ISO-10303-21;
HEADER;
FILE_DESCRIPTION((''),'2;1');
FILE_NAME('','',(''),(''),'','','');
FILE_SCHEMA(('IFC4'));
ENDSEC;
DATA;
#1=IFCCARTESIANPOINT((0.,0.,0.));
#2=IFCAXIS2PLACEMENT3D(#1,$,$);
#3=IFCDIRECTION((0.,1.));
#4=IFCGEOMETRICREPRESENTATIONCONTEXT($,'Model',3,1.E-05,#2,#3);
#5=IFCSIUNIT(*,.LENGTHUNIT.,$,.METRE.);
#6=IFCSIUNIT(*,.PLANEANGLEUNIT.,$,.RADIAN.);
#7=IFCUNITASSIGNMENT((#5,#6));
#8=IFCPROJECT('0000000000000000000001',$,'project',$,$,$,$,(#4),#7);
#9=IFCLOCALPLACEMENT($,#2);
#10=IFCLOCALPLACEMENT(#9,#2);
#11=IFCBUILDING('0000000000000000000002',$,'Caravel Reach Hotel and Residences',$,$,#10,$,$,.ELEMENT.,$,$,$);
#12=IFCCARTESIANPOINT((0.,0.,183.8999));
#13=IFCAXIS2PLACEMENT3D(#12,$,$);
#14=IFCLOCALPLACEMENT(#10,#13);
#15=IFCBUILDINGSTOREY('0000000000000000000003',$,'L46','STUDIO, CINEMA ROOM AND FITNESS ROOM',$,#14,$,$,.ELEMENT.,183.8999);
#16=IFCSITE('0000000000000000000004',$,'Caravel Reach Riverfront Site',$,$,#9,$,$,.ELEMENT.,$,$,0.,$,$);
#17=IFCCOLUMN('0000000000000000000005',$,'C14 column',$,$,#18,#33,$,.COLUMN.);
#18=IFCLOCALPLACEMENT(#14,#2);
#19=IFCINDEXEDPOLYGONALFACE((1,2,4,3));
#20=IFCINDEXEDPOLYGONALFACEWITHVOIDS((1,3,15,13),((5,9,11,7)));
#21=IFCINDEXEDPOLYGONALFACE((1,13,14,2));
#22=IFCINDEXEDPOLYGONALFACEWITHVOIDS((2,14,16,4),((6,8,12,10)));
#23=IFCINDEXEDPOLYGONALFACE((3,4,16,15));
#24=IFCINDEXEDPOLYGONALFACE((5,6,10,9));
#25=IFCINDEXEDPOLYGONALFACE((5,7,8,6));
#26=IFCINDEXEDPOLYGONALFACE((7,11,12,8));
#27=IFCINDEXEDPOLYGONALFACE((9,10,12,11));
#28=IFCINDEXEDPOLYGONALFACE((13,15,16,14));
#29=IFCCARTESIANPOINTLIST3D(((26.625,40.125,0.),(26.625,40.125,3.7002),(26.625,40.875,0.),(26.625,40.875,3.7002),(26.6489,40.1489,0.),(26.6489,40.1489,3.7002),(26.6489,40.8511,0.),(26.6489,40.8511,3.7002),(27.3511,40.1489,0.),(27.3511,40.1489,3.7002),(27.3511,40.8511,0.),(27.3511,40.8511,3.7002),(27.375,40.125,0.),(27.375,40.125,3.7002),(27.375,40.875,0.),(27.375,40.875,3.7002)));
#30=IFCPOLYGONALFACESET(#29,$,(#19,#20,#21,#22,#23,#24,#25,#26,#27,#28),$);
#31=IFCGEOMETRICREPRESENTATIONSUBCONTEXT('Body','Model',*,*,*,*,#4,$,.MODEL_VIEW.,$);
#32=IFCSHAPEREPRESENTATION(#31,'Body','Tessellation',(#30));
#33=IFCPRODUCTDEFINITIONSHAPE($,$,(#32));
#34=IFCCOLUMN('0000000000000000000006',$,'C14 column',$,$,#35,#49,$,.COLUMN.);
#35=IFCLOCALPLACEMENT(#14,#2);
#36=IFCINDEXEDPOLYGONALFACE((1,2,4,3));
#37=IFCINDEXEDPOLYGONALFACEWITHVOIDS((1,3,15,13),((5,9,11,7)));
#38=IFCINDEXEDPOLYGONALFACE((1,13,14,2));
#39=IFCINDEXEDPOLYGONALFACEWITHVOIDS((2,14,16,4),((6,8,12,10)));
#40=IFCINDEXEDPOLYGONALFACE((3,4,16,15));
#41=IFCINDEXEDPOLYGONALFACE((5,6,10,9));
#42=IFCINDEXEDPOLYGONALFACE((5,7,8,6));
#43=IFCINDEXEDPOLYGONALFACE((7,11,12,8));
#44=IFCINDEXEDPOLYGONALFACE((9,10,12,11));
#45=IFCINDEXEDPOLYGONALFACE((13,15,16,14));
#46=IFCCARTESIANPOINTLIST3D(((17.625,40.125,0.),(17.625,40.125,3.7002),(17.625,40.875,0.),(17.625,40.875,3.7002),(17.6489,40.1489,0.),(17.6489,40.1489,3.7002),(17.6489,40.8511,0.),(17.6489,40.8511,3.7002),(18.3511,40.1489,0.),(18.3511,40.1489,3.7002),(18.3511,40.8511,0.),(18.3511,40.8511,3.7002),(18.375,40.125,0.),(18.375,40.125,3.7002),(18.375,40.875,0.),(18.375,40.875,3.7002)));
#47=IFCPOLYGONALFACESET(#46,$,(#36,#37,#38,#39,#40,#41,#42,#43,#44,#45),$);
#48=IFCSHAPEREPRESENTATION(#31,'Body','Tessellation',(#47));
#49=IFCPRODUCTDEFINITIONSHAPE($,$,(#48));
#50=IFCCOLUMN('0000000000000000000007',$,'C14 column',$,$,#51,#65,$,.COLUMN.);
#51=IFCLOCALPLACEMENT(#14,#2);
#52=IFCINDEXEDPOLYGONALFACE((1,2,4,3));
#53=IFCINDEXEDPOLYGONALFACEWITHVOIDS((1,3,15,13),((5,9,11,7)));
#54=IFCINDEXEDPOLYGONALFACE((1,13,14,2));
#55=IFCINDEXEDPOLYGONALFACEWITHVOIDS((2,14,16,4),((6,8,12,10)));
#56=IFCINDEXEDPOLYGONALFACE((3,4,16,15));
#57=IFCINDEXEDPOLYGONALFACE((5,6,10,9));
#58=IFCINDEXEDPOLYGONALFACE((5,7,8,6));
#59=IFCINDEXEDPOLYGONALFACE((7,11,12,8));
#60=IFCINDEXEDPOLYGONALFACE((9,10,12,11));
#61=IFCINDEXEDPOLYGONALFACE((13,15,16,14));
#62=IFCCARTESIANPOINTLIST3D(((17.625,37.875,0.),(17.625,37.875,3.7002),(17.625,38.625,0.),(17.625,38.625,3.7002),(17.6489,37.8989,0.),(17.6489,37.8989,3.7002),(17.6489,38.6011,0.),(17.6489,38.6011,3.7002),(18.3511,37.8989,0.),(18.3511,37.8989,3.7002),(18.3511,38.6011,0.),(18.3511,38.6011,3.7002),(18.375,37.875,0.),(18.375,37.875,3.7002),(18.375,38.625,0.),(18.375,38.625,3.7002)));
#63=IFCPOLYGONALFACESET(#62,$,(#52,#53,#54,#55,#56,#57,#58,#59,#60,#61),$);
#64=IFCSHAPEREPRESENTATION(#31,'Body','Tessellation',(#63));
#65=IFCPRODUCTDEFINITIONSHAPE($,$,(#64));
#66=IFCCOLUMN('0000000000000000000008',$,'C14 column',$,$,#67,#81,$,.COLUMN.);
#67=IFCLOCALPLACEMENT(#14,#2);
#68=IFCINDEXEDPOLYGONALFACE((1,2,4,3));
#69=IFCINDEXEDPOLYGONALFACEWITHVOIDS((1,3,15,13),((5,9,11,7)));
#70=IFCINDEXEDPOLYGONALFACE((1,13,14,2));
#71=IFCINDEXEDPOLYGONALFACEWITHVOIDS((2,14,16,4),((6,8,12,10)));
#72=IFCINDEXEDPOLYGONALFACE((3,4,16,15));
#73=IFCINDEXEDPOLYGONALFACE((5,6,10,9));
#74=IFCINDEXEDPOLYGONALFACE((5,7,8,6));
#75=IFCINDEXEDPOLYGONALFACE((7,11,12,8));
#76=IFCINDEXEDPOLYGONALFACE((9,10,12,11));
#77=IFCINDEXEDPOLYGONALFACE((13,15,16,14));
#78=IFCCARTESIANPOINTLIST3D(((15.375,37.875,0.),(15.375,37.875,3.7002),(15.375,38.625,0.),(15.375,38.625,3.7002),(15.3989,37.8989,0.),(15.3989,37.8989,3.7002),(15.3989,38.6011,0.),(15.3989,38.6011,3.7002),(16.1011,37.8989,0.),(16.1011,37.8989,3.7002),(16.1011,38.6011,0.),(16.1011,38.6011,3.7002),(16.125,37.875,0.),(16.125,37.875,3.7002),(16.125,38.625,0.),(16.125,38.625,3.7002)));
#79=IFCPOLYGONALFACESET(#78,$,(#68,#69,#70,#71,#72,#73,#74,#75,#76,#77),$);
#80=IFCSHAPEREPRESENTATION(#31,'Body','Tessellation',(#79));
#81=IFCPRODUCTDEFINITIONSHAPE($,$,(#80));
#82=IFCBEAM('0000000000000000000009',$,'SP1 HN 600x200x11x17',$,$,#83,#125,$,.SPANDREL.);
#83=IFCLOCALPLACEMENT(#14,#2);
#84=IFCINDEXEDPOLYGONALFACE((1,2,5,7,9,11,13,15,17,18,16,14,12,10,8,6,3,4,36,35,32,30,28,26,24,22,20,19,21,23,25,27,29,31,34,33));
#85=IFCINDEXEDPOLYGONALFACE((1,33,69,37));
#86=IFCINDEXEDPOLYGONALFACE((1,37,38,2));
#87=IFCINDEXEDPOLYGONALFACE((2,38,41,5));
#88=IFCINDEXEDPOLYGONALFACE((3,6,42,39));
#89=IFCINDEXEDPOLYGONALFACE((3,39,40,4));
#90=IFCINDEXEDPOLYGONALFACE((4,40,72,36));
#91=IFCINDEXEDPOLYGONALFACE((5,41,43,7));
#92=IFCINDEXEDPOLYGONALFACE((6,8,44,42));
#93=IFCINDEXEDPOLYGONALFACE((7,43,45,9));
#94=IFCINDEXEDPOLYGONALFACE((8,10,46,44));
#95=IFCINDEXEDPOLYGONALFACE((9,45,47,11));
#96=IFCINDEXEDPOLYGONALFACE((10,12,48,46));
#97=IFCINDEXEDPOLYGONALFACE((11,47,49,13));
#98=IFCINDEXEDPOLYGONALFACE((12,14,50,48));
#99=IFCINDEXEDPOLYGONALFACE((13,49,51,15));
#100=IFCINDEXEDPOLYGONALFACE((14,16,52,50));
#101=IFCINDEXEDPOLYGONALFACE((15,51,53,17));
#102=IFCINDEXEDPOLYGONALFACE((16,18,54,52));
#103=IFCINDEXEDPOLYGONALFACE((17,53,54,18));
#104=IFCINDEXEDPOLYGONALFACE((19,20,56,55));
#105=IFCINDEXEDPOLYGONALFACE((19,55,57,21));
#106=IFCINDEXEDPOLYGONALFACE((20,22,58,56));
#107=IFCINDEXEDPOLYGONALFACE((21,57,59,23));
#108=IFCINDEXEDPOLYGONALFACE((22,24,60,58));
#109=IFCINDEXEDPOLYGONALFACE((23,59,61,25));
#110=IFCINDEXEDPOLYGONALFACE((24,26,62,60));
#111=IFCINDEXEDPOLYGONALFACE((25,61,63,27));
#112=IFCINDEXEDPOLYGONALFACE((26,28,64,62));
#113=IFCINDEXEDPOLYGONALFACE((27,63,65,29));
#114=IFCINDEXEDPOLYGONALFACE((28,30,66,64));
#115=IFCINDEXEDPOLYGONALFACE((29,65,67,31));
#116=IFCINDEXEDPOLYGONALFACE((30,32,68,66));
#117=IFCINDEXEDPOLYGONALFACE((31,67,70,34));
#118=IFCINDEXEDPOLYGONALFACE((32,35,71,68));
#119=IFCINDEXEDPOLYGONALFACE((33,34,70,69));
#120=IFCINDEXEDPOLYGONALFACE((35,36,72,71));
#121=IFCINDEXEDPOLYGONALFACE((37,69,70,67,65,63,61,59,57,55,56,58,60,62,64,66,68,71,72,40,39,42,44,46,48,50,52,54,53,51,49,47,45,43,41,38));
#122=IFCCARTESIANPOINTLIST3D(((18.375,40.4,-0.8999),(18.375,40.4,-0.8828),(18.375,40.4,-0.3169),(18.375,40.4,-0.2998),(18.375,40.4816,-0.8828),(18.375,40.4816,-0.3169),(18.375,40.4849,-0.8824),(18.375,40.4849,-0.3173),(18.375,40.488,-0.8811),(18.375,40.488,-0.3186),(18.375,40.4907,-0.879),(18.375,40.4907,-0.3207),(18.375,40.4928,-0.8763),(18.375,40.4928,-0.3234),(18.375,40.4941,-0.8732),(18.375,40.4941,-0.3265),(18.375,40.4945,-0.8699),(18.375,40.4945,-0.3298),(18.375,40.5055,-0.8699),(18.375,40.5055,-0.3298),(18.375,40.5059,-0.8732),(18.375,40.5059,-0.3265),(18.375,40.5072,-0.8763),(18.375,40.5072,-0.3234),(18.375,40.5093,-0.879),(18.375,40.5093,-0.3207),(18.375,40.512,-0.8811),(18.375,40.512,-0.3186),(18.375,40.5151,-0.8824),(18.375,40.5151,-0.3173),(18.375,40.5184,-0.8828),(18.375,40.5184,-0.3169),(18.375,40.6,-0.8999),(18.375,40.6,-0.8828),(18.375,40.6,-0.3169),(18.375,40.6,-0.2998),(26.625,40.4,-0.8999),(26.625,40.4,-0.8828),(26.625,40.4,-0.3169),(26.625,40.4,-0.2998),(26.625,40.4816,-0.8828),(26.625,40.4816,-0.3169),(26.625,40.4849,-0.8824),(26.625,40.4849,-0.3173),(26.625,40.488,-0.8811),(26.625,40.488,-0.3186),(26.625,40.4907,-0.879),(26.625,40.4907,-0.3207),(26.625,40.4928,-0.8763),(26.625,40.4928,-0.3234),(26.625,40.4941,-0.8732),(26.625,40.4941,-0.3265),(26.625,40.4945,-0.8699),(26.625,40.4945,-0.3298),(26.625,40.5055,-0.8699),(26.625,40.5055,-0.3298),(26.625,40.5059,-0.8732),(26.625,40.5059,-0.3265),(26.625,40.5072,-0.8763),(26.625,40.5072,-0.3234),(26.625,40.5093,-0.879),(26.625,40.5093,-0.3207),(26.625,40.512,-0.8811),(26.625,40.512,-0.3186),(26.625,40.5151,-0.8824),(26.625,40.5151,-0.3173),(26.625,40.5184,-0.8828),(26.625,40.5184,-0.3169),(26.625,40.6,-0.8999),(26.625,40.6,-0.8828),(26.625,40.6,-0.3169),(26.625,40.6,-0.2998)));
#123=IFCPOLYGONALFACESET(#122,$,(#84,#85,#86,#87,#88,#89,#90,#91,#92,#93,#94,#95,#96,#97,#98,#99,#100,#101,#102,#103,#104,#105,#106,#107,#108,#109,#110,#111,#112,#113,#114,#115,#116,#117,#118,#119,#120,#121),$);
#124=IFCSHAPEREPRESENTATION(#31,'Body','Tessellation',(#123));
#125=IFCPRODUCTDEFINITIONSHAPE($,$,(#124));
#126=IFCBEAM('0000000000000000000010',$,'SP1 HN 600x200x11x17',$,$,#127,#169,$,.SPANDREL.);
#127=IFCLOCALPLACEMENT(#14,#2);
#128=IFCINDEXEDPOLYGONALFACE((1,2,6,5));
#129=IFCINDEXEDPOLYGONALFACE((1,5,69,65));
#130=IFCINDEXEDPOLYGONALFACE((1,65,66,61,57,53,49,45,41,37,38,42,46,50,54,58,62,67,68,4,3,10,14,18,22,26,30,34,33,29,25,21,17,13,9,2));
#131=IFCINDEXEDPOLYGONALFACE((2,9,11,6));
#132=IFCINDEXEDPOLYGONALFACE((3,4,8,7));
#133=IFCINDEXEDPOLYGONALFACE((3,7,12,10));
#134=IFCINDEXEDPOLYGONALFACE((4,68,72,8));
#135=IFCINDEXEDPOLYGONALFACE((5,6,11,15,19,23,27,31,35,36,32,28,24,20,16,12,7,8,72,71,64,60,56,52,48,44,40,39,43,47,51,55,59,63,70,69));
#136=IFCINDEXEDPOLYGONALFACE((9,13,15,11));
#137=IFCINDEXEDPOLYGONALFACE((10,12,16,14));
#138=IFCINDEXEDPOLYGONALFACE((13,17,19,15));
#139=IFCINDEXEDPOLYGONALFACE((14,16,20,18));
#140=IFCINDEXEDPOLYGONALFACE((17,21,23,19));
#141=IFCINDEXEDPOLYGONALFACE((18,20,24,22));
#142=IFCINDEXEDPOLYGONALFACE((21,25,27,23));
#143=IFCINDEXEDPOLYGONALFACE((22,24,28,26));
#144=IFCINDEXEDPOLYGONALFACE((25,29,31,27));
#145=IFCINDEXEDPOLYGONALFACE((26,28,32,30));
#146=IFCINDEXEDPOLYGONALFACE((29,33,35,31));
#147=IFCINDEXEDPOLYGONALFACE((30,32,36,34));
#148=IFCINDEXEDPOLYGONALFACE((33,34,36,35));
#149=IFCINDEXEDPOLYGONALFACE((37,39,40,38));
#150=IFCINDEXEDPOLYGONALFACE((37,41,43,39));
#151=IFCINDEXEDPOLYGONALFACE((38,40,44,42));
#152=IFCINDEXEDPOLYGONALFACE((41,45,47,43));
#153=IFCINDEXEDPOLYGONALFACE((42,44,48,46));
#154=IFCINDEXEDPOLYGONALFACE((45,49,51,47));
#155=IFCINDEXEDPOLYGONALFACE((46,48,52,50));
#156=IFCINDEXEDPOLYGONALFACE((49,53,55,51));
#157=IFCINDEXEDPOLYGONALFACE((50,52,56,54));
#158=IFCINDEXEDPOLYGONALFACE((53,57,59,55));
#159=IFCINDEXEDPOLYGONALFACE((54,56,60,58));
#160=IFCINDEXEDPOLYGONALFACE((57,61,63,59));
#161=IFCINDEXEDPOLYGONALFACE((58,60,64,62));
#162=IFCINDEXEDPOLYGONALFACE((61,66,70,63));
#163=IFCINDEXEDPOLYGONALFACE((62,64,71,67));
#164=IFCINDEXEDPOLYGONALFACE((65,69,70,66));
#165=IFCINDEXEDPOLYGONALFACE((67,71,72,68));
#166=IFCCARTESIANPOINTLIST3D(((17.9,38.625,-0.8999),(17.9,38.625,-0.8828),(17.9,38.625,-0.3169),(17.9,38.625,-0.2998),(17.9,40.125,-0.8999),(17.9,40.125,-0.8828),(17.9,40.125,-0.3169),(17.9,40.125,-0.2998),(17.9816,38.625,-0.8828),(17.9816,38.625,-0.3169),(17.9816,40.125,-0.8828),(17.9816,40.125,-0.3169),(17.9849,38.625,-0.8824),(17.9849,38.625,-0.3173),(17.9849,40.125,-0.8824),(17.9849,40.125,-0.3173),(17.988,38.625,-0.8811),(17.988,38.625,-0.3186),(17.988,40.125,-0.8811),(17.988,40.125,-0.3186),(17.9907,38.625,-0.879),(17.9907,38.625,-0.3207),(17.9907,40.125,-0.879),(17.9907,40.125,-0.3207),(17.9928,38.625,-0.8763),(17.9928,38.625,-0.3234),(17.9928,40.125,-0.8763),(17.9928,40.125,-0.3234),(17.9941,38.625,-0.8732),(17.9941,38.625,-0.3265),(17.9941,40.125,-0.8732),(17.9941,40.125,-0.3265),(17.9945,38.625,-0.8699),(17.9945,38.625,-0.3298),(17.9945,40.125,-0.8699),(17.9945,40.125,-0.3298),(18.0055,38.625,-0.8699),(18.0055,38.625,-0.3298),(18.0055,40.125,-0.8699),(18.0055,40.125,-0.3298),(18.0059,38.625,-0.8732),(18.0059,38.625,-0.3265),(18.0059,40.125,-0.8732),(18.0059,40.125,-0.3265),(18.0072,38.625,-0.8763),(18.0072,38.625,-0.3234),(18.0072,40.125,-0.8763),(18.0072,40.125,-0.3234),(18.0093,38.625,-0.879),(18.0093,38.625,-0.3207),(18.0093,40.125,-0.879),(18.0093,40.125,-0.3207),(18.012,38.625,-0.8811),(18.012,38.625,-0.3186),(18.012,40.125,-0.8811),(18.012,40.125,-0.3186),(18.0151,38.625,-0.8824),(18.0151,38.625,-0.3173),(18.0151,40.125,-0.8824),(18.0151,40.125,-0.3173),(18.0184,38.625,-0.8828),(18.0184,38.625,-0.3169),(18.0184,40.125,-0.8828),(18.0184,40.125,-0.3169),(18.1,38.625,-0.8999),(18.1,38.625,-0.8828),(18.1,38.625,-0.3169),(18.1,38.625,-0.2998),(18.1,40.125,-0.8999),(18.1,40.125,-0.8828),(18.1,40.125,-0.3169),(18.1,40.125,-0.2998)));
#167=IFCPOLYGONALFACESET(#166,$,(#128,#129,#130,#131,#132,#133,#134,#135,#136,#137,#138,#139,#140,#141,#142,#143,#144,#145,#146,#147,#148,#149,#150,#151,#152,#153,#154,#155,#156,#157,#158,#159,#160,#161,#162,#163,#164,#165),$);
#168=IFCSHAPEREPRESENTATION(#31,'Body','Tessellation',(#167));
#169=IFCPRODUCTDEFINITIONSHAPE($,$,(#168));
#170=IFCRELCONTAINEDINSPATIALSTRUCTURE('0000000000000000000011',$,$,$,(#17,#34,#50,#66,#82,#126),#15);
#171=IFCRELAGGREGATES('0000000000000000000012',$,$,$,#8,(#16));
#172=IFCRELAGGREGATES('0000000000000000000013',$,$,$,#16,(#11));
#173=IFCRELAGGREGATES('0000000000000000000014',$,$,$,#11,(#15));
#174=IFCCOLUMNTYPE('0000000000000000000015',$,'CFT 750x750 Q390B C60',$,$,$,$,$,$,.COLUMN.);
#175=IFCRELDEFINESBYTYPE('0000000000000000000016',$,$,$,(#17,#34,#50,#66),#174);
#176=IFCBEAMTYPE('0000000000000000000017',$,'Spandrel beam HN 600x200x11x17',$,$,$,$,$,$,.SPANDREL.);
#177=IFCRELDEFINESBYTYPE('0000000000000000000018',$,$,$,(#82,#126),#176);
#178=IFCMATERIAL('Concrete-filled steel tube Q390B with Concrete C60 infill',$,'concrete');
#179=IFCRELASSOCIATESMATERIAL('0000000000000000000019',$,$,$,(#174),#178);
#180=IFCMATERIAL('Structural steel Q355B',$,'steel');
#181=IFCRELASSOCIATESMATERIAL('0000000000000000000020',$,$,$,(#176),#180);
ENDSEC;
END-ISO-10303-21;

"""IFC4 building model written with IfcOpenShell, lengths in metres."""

from ifc_helpers import new_model, si_unit, direction, frame, origin, origin_2d, place, context, subcontext, project, spatial, hollow_rectangle, i_section, extrude, material, material_profile, profile_set, type_object, element, save


model = new_model("IFC4")

# Units and contexts
model_context = context("Model", 3, precision=1e-05, world=origin(), true_north=direction((0.0, 1.0)))
body_context = subcontext(model_context, "Body", "Model", "MODEL_VIEW")
ifc_project = project(units=[si_unit("LENGTHUNIT", "METRE"), si_unit("PLANEANGLEUNIT", "RADIAN")], contexts=[model_context])

# Site, building, storey
site_placement = place(None, origin())
site = spatial("IfcSite", under=ifc_project, at=site_placement, Name="Caravel Reach Riverfront Site", CompositionType="ELEMENT", RefElevation=0.0)
building_placement = place(site_placement, origin())
building = spatial("IfcBuilding", under=site, at=building_placement, Name="Caravel Reach Hotel and Residences", CompositionType="ELEMENT")
storey_placement = place(building_placement, frame((0.0, 0.0, 183.8999)))
storey = spatial("IfcBuildingStorey", under=building, at=storey_placement, Name="L46", Description="STUDIO, CINEMA ROOM AND FITNESS ROOM", CompositionType="ELEMENT", Elevation=183.8999)

# Columns
ifc_material_1 = material(Name="Concrete-filled steel tube Q390B with Concrete C60 infill", Category="concrete")
ifc_material_profile_1 = material_profile(ifc_material_1, hollow_rectangle(XDim=0.75, YDim=0.75, WallThickness=0.0239, at=origin_2d()), Name="RHS 750x750x24")
ifc_profile_set_1 = profile_set([ifc_material_profile_1], Name="Concrete-filled steel tube Q390B with Concrete C60 infill")
column_type = type_object("IfcColumnType", Name="CFT 750x750 Q390B C60", PredefinedType="COLUMN", material=ifc_profile_set_1)
for number, where, z_axis, x_axis, name in (
    (1, (27.0, 40.5, 0.0), (0.0, 0.0, 1.0), (1.0, 0.0, 0.0), "C14 column"),
    (2, (18.0, 40.5, 0.0), (0.0, 0.0, 1.0), (1.0, 0.0, 0.0), "C14 column"),
    (3, (18.0, 38.25, 0.0), (0.0, 0.0, 1.0), (1.0, 0.0, 0.0), "C14 column"),
    (4, (15.75, 38.25, 0.0), (0.0, 0.0, 1.0), (1.0, 0.0, 0.0), "C14 column"),
):
    element("IfcColumn", number, at=place(storey_placement, frame(where, z_axis=z_axis, x_axis=x_axis)), inside=storey, type_object=column_type, Name=name, PredefinedType="COLUMN", context=body_context, shape_type="SweptSolid", body=[
        extrude(hollow_rectangle(XDim=0.75, YDim=0.75, WallThickness=0.0239, at=origin_2d()), origin(), (0.0, 0.0, 1.0), 3.7002),
    ])

# Beams
ifc_material_2 = material(Name="Structural steel Q355B", Category="steel")
ifc_material_profile_2 = material_profile(ifc_material_2, i_section(OverallWidth=0.2, OverallDepth=0.6001, WebThickness=0.011, FlangeThickness=0.0171, FilletRadius=0.0129, at=origin_2d()), Name="HN 600x200x11x17")
ifc_profile_set_2 = profile_set([ifc_material_profile_2], Name="Structural steel Q355B")
beam_type = type_object("IfcBeamType", Name="Spandrel beam HN 600x200x11x17", PredefinedType="SPANDREL", material=ifc_profile_set_2)
beam_placement = place(storey_placement, frame((26.625, 40.5, -0.5999), z_axis=(-1.0, 0.0, 0.0), x_axis=(0.0, -1.0, 0.0)))
element("IfcBeam", 5, at=beam_placement, inside=storey, type_object=beam_type, Name="SP1 HN 600x200x11x17", PredefinedType="SPANDREL", context=body_context, shape_type="SweptSolid", body=[
    extrude(i_section(OverallWidth=0.2, OverallDepth=0.6001, WebThickness=0.011, FlangeThickness=0.0171, FilletRadius=0.0129, at=origin_2d()), origin(), (0.0, 0.0, 1.0), 8.25),
])
for number, where, z_axis, x_axis, name in (
    (6, (18.0, 40.125, -0.5999), (0.0, -1.0, 0.0), (1.0, 0.0, 0.0), "SP1 HN 600x200x11x17"),
):
    element("IfcBeam", number, at=place(storey_placement, frame(where, z_axis=z_axis, x_axis=x_axis)), inside=storey, type_object=beam_type, Name=name, PredefinedType="SPANDREL", context=body_context, shape_type="SweptSolid", body=[
        extrude(i_section(OverallWidth=0.2, OverallDepth=0.6001, WebThickness=0.011, FlangeThickness=0.0171, FilletRadius=0.0129, at=origin_2d()), origin(), (0.0, 0.0, 1.0), 1.5),
    ])

save(model, "model.ifc")
